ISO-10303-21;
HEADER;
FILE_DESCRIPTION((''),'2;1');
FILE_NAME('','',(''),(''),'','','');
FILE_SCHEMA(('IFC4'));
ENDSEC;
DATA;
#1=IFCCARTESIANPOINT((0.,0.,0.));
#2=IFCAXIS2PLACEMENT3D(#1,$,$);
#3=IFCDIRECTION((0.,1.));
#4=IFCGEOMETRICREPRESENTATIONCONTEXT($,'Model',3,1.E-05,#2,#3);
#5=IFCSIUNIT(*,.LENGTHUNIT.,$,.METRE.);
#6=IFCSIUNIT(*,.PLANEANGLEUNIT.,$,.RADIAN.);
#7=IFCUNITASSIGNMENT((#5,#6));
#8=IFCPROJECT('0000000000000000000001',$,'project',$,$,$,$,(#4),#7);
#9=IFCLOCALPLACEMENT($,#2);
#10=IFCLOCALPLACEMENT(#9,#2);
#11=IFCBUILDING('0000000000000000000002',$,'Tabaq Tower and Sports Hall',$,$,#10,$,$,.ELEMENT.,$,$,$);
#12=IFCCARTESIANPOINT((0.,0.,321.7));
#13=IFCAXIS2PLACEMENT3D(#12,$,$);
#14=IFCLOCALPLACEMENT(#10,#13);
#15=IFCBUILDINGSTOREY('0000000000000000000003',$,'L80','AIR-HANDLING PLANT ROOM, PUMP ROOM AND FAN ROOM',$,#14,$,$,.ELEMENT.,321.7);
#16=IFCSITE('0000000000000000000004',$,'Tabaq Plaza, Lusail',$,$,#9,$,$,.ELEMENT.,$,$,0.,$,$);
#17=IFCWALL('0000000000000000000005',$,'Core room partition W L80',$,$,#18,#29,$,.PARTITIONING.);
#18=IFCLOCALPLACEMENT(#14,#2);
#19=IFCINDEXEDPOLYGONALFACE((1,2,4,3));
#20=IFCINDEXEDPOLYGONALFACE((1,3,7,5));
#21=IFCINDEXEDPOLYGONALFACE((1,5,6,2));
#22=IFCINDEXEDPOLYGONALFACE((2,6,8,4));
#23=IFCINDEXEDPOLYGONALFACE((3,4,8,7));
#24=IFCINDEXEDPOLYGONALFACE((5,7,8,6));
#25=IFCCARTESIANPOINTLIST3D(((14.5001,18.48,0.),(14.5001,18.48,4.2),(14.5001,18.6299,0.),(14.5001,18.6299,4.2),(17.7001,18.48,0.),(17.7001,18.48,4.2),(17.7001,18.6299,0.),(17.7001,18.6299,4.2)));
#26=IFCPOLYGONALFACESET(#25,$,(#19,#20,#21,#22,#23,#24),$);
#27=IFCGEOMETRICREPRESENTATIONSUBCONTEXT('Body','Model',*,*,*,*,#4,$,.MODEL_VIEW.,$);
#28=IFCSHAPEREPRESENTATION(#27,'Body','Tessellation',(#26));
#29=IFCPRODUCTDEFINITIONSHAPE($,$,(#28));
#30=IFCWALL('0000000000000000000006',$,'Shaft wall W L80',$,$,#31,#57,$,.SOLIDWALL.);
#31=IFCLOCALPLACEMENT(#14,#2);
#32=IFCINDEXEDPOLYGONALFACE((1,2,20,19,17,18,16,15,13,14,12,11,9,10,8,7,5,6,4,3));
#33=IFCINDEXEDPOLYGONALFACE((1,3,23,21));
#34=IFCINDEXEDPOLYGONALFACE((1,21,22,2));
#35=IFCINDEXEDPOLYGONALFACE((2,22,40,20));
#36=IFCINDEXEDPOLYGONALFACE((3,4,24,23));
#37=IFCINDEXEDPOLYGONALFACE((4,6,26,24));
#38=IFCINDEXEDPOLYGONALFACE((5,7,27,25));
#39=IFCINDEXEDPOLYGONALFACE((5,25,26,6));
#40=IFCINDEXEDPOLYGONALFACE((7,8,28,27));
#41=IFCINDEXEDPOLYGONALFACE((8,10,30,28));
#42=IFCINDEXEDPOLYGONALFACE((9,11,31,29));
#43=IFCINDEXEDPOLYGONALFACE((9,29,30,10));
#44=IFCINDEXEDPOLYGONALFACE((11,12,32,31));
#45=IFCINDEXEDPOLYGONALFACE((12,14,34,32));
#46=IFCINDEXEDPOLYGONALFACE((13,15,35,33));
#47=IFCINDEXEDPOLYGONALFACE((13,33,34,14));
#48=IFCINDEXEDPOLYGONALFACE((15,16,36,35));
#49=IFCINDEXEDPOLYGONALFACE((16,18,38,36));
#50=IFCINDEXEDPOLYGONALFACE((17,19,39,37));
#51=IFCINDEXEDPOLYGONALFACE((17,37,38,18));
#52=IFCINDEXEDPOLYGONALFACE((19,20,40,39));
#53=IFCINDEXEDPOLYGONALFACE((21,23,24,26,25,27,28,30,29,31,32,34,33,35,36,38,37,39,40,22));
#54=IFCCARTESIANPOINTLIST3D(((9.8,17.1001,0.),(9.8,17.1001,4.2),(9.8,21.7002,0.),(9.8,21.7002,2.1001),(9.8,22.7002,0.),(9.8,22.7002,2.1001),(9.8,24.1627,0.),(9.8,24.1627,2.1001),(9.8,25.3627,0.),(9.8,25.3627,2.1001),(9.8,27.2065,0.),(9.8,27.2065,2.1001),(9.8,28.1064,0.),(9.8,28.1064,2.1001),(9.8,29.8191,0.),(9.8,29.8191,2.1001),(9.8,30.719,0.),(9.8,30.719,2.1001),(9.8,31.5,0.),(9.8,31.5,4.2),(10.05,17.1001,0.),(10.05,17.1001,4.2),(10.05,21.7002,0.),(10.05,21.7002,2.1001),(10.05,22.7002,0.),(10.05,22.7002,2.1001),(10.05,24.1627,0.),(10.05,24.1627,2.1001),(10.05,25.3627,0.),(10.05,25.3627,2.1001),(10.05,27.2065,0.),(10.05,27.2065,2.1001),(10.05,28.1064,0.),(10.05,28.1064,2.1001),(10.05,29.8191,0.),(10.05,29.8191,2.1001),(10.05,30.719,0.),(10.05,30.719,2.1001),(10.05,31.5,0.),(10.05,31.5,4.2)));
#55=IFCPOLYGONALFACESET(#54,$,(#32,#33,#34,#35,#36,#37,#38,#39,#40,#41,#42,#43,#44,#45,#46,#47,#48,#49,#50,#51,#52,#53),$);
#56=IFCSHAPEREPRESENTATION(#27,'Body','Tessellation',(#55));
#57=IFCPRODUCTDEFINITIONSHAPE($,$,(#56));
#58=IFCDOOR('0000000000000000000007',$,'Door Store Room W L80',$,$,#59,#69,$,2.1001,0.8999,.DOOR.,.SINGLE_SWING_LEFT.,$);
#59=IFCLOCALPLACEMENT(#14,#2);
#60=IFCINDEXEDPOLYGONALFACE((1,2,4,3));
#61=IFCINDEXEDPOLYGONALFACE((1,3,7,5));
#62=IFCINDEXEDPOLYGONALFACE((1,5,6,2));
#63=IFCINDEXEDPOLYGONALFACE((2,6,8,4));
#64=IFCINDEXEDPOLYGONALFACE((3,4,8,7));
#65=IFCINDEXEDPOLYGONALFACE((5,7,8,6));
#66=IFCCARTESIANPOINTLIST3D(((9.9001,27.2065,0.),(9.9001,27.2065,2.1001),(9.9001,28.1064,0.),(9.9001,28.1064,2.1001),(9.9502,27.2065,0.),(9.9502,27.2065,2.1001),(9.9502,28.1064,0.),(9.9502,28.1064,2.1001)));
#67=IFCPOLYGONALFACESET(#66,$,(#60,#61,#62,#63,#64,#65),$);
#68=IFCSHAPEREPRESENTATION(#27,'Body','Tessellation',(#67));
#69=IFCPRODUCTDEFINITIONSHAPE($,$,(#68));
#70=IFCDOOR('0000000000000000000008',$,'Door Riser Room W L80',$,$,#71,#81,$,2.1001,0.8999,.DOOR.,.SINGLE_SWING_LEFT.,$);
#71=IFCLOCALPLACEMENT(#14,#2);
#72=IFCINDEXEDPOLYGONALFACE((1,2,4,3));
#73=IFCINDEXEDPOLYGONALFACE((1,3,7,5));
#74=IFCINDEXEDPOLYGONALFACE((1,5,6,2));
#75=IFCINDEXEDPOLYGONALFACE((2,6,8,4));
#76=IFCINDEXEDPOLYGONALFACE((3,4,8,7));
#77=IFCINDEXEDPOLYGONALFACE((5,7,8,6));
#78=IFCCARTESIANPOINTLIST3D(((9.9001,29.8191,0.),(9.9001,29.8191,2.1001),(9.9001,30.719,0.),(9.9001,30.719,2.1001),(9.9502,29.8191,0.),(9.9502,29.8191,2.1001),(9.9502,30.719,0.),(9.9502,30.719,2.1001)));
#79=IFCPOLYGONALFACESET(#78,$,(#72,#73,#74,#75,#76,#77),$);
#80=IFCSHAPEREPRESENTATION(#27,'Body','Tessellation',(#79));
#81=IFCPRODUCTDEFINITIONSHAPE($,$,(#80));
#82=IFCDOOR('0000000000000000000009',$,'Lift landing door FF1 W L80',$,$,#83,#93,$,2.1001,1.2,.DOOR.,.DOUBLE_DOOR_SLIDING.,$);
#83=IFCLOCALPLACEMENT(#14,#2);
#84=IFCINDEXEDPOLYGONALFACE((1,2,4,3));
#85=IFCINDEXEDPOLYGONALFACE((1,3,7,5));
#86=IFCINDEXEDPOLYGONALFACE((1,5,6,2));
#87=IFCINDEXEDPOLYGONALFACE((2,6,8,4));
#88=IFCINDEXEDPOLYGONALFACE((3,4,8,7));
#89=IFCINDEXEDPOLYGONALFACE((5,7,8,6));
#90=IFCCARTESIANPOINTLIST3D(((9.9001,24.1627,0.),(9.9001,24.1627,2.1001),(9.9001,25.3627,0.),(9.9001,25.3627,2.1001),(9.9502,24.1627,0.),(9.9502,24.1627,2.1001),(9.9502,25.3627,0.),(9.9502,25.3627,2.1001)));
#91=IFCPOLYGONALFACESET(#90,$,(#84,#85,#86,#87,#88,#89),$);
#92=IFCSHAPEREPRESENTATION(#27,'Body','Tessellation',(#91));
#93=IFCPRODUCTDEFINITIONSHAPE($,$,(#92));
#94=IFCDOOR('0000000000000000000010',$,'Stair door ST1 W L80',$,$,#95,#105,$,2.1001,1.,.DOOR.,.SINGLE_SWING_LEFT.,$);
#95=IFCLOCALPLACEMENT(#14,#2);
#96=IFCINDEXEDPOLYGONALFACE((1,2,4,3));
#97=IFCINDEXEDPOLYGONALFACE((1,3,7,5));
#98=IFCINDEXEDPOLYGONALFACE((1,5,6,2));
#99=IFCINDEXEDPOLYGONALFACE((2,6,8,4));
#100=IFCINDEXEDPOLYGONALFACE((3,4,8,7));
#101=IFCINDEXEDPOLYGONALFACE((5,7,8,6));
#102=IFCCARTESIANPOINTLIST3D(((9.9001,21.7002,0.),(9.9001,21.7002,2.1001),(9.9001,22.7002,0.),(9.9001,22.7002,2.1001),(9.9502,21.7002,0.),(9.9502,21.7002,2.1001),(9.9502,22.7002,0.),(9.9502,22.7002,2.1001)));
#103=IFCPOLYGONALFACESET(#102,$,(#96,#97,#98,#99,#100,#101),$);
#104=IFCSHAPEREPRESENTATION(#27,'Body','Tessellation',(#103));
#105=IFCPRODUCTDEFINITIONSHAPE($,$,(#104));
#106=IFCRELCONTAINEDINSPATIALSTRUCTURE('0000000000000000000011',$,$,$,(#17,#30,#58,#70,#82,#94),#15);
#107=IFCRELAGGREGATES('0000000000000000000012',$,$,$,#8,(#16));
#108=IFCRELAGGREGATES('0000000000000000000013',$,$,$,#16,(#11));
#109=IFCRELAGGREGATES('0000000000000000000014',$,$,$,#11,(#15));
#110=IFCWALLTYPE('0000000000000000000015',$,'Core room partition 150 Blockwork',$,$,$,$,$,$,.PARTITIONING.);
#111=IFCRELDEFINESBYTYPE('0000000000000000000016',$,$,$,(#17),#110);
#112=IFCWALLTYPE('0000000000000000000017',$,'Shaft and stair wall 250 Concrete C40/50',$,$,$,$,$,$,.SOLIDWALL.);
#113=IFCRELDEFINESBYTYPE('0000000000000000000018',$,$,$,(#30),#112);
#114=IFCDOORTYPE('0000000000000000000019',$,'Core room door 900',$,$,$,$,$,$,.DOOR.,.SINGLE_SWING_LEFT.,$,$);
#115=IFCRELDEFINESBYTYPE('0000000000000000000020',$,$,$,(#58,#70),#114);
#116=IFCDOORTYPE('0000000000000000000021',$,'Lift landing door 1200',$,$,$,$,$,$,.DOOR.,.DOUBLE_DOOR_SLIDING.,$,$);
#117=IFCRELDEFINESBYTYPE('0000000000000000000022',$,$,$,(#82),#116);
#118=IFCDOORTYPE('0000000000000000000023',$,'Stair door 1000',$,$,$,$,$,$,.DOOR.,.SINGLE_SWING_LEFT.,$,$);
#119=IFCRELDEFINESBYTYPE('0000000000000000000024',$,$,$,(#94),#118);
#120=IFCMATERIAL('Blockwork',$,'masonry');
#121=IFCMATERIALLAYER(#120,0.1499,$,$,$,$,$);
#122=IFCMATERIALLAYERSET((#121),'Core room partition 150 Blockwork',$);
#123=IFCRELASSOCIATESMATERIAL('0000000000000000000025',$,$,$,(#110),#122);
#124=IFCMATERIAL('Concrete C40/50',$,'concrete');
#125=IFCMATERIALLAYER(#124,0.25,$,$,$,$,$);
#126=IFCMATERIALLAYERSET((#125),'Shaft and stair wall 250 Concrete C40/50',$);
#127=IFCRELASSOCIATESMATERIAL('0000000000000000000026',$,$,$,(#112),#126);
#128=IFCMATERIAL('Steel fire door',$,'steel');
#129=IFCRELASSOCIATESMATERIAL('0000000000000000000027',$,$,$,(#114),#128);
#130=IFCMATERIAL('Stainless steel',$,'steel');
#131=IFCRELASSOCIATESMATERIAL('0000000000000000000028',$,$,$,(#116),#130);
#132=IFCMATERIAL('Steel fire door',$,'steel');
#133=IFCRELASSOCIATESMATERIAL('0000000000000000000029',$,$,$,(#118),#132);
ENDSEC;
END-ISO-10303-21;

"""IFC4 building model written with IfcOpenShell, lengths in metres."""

from ifc_helpers import new_model, si_unit, direction, frame, frame_2d, origin, place, context, subcontext, project, spatial, rectangle, extrude, material, layer, layer_set, type_object, element, fill, save


model = new_model("IFC4")

# Units and contexts
model_context = context("Model", 3, precision=1e-05, world=origin(), true_north=direction((0.0, 1.0)))
body_context = subcontext(model_context, "Body", "Model", "MODEL_VIEW")
ifc_project = project(units=[si_unit("LENGTHUNIT", "METRE"), si_unit("PLANEANGLEUNIT", "RADIAN")], contexts=[model_context])

# Site, building, storey
site_placement = place(None, origin())
site = spatial("IfcSite", under=ifc_project, at=site_placement, Name="Tabaq Plaza, Lusail", CompositionType="ELEMENT", RefElevation=0.0)
building_placement = place(site_placement, origin())
building = spatial("IfcBuilding", under=site, at=building_placement, Name="Tabaq Tower and Sports Hall", CompositionType="ELEMENT")
storey_placement = place(building_placement, frame((0.0, 0.0, 321.7)))
storey = spatial("IfcBuildingStorey", under=building, at=storey_placement, Name="L80", Description="AIR-HANDLING PLANT ROOM, PUMP ROOM AND FAN ROOM", CompositionType="ELEMENT", Elevation=321.7)

# Wall
ifc_material_1 = material(Name="Blockwork", Category="masonry")
ifc_layer_1 = layer(ifc_material_1, 0.1499)
ifc_layer_set_1 = layer_set([ifc_layer_1], Name="Core room partition 150 Blockwork")
wall_type_1 = type_object("IfcWallType", Name="Core room partition 150 Blockwork", PredefinedType="PARTITIONING", material=ifc_layer_set_1)
wall_1_placement = place(storey_placement, frame((14.5, 18.5549, 0.0), z_axis=(0.0, 0.0, 1.0), x_axis=(1.0, 0.0, 0.0)))
element("IfcWall", 1, at=wall_1_placement, inside=storey, type_object=wall_type_1, Name="Core room partition W L80", PredefinedType="PARTITIONING", context=body_context, shape_type="SweptSolid", body=[
    extrude(rectangle(XDim=3.2, YDim=0.1499, at=frame_2d((1.6001, 0.0))), origin(), (0.0, 0.0, 1.0), 4.2),
])

# Wall, openings, doors
ifc_material_2 = material(Name="Concrete C40/50", Category="concrete")
ifc_layer_2 = layer(ifc_material_2, 0.25)
ifc_layer_set_2 = layer_set([ifc_layer_2], Name="Shaft and stair wall 250 Concrete C40/50")
wall_type_2 = type_object("IfcWallType", Name="Shaft and stair wall 250 Concrete C40/50", PredefinedType="SOLIDWALL", material=ifc_layer_set_2)
wall_2_placement = place(storey_placement, frame((9.925, 17.1001, 0.0), z_axis=(0.0, 0.0, 1.0), x_axis=(0.0, 1.0, 0.0)))
wall_2 = element("IfcWall", 2, at=wall_2_placement, inside=storey, type_object=wall_type_2, Name="Shaft wall W L80", PredefinedType="SOLIDWALL", context=body_context, shape_type="SweptSolid", body=[
    extrude(rectangle(XDim=14.3999, YDim=0.25, at=frame_2d((7.2, 0.0))), origin(), (0.0, 0.0, 1.0), 4.2),
])
opening_1_placement = place(wall_2_placement, frame((4.6001, 0.0, 0.0)))
opening_1 = element("IfcOpeningElement", 3, at=opening_1_placement, cuts=wall_2, PredefinedType="OPENING", context=body_context, shape_type="SweptSolid", body=[
    extrude(rectangle(XDim=1.0, YDim=2.1001, at=frame_2d((0.5, 1.05))), frame((0.0, 0.125, 0.0), z_axis=(0.0, -1.0, 0.0), x_axis=(1.0, 0.0, 0.0)), (0.0, 0.0, 1.0), 0.25),
])
opening_2_placement = place(wall_2_placement, frame((7.0625, 0.0, 0.0)))
opening_2 = element("IfcOpeningElement", 4, at=opening_2_placement, cuts=wall_2, PredefinedType="OPENING", context=body_context, shape_type="SweptSolid", body=[
    extrude(rectangle(XDim=1.2, YDim=2.1001, at=frame_2d((0.6001, 1.05))), frame((0.0, 0.125, 0.0), z_axis=(0.0, -1.0, 0.0), x_axis=(1.0, 0.0, 0.0)), (0.0, 0.0, 1.0), 0.25),
])
opening_3_placement = place(wall_2_placement, frame((10.1064, 0.0, 0.0)))
opening_3 = element("IfcOpeningElement", 5, at=opening_3_placement, cuts=wall_2, PredefinedType="OPENING", context=body_context, shape_type="SweptSolid", body=[
    extrude(rectangle(XDim=0.8999, YDim=2.1001, at=frame_2d((0.45, 1.05))), frame((0.0, 0.125, 0.0), z_axis=(0.0, -1.0, 0.0), x_axis=(1.0, 0.0, 0.0)), (0.0, 0.0, 1.0), 0.25),
])
opening_4_placement = place(wall_2_placement, frame((12.719, 0.0, 0.0)))
opening_4 = element("IfcOpeningElement", 6, at=opening_4_placement, cuts=wall_2, PredefinedType="OPENING", context=body_context, shape_type="SweptSolid", body=[
    extrude(rectangle(XDim=0.8999, YDim=2.1001, at=frame_2d((0.45, 1.05))), frame((0.0, 0.125, 0.0), z_axis=(0.0, -1.0, 0.0), x_axis=(1.0, 0.0, 0.0)), (0.0, 0.0, 1.0), 0.25),
])
ifc_material_3 = material(Name="Steel fire door", Category="steel")
door_type_1 = type_object("IfcDoorType", Name="Core room door 900", OperationType="SINGLE_SWING_LEFT", PredefinedType="DOOR", material=ifc_material_3)
door_1_placement = place(opening_3_placement, origin())
door_1 = element("IfcDoor", 7, at=door_1_placement, inside=storey, type_object=door_type_1, Name="Door Store Room W L80", OperationType="SINGLE_SWING_LEFT", OverallHeight=2.1001, OverallWidth=0.8999, PredefinedType="DOOR", context=body_context, shape_type="SweptSolid", body=[
    extrude(rectangle(XDim=0.8999, YDim=2.1001, at=frame_2d((0.45, 1.05))), frame((0.0, 0.0249, 0.0), z_axis=(0.0, -1.0, 0.0), x_axis=(1.0, 0.0, 0.0)), (0.0, 0.0, 1.0), 0.05),
])
fill(opening_3, door_1)
door_2_placement = place(opening_4_placement, origin())
door_2 = element("IfcDoor", 8, at=door_2_placement, inside=storey, type_object=door_type_1, Name="Door Riser Room W L80", OperationType="SINGLE_SWING_LEFT", OverallHeight=2.1001, OverallWidth=0.8999, PredefinedType="DOOR", context=body_context, shape_type="SweptSolid", body=[
    extrude(rectangle(XDim=0.8999, YDim=2.1001, at=frame_2d((0.45, 1.05))), frame((0.0, 0.0249, 0.0), z_axis=(0.0, -1.0, 0.0), x_axis=(1.0, 0.0, 0.0)), (0.0, 0.0, 1.0), 0.05),
])
fill(opening_4, door_2)
ifc_material_4 = material(Name="Stainless steel", Category="steel")
door_type_2 = type_object("IfcDoorType", Name="Lift landing door 1200", OperationType="DOUBLE_DOOR_SLIDING", PredefinedType="DOOR", material=ifc_material_4)
door_3_placement = place(opening_2_placement, origin())
door_3 = element("IfcDoor", 9, at=door_3_placement, inside=storey, type_object=door_type_2, Name="Lift landing door FF1 W L80", OperationType="DOUBLE_DOOR_SLIDING", OverallHeight=2.1001, OverallWidth=1.2, PredefinedType="DOOR", context=body_context, shape_type="SweptSolid", body=[
    extrude(rectangle(XDim=1.2, YDim=2.1001, at=frame_2d((0.6001, 1.05))), frame((0.0, 0.0249, 0.0), z_axis=(0.0, -1.0, 0.0), x_axis=(1.0, 0.0, 0.0)), (0.0, 0.0, 1.0), 0.05),
])
fill(opening_2, door_3)
ifc_material_5 = material(Name="Steel fire door", Category="steel")
door_type_3 = type_object("IfcDoorType", Name="Stair door 1000", OperationType="SINGLE_SWING_LEFT", PredefinedType="DOOR", material=ifc_material_5)
door_4_placement = place(opening_1_placement, origin())
door_4 = element("IfcDoor", 10, at=door_4_placement, inside=storey, type_object=door_type_3, Name="Stair door ST1 W L80", OperationType="SINGLE_SWING_LEFT", OverallHeight=2.1001, OverallWidth=1.0, PredefinedType="DOOR", context=body_context, shape_type="SweptSolid", body=[
    extrude(rectangle(XDim=1.0, YDim=2.1001, at=frame_2d((0.5, 1.05))), frame((0.0, 0.0249, 0.0), z_axis=(0.0, -1.0, 0.0), x_axis=(1.0, 0.0, 0.0)), (0.0, 0.0, 1.0), 0.05),
])
fill(opening_1, door_4)

save(model, "model.ifc")
